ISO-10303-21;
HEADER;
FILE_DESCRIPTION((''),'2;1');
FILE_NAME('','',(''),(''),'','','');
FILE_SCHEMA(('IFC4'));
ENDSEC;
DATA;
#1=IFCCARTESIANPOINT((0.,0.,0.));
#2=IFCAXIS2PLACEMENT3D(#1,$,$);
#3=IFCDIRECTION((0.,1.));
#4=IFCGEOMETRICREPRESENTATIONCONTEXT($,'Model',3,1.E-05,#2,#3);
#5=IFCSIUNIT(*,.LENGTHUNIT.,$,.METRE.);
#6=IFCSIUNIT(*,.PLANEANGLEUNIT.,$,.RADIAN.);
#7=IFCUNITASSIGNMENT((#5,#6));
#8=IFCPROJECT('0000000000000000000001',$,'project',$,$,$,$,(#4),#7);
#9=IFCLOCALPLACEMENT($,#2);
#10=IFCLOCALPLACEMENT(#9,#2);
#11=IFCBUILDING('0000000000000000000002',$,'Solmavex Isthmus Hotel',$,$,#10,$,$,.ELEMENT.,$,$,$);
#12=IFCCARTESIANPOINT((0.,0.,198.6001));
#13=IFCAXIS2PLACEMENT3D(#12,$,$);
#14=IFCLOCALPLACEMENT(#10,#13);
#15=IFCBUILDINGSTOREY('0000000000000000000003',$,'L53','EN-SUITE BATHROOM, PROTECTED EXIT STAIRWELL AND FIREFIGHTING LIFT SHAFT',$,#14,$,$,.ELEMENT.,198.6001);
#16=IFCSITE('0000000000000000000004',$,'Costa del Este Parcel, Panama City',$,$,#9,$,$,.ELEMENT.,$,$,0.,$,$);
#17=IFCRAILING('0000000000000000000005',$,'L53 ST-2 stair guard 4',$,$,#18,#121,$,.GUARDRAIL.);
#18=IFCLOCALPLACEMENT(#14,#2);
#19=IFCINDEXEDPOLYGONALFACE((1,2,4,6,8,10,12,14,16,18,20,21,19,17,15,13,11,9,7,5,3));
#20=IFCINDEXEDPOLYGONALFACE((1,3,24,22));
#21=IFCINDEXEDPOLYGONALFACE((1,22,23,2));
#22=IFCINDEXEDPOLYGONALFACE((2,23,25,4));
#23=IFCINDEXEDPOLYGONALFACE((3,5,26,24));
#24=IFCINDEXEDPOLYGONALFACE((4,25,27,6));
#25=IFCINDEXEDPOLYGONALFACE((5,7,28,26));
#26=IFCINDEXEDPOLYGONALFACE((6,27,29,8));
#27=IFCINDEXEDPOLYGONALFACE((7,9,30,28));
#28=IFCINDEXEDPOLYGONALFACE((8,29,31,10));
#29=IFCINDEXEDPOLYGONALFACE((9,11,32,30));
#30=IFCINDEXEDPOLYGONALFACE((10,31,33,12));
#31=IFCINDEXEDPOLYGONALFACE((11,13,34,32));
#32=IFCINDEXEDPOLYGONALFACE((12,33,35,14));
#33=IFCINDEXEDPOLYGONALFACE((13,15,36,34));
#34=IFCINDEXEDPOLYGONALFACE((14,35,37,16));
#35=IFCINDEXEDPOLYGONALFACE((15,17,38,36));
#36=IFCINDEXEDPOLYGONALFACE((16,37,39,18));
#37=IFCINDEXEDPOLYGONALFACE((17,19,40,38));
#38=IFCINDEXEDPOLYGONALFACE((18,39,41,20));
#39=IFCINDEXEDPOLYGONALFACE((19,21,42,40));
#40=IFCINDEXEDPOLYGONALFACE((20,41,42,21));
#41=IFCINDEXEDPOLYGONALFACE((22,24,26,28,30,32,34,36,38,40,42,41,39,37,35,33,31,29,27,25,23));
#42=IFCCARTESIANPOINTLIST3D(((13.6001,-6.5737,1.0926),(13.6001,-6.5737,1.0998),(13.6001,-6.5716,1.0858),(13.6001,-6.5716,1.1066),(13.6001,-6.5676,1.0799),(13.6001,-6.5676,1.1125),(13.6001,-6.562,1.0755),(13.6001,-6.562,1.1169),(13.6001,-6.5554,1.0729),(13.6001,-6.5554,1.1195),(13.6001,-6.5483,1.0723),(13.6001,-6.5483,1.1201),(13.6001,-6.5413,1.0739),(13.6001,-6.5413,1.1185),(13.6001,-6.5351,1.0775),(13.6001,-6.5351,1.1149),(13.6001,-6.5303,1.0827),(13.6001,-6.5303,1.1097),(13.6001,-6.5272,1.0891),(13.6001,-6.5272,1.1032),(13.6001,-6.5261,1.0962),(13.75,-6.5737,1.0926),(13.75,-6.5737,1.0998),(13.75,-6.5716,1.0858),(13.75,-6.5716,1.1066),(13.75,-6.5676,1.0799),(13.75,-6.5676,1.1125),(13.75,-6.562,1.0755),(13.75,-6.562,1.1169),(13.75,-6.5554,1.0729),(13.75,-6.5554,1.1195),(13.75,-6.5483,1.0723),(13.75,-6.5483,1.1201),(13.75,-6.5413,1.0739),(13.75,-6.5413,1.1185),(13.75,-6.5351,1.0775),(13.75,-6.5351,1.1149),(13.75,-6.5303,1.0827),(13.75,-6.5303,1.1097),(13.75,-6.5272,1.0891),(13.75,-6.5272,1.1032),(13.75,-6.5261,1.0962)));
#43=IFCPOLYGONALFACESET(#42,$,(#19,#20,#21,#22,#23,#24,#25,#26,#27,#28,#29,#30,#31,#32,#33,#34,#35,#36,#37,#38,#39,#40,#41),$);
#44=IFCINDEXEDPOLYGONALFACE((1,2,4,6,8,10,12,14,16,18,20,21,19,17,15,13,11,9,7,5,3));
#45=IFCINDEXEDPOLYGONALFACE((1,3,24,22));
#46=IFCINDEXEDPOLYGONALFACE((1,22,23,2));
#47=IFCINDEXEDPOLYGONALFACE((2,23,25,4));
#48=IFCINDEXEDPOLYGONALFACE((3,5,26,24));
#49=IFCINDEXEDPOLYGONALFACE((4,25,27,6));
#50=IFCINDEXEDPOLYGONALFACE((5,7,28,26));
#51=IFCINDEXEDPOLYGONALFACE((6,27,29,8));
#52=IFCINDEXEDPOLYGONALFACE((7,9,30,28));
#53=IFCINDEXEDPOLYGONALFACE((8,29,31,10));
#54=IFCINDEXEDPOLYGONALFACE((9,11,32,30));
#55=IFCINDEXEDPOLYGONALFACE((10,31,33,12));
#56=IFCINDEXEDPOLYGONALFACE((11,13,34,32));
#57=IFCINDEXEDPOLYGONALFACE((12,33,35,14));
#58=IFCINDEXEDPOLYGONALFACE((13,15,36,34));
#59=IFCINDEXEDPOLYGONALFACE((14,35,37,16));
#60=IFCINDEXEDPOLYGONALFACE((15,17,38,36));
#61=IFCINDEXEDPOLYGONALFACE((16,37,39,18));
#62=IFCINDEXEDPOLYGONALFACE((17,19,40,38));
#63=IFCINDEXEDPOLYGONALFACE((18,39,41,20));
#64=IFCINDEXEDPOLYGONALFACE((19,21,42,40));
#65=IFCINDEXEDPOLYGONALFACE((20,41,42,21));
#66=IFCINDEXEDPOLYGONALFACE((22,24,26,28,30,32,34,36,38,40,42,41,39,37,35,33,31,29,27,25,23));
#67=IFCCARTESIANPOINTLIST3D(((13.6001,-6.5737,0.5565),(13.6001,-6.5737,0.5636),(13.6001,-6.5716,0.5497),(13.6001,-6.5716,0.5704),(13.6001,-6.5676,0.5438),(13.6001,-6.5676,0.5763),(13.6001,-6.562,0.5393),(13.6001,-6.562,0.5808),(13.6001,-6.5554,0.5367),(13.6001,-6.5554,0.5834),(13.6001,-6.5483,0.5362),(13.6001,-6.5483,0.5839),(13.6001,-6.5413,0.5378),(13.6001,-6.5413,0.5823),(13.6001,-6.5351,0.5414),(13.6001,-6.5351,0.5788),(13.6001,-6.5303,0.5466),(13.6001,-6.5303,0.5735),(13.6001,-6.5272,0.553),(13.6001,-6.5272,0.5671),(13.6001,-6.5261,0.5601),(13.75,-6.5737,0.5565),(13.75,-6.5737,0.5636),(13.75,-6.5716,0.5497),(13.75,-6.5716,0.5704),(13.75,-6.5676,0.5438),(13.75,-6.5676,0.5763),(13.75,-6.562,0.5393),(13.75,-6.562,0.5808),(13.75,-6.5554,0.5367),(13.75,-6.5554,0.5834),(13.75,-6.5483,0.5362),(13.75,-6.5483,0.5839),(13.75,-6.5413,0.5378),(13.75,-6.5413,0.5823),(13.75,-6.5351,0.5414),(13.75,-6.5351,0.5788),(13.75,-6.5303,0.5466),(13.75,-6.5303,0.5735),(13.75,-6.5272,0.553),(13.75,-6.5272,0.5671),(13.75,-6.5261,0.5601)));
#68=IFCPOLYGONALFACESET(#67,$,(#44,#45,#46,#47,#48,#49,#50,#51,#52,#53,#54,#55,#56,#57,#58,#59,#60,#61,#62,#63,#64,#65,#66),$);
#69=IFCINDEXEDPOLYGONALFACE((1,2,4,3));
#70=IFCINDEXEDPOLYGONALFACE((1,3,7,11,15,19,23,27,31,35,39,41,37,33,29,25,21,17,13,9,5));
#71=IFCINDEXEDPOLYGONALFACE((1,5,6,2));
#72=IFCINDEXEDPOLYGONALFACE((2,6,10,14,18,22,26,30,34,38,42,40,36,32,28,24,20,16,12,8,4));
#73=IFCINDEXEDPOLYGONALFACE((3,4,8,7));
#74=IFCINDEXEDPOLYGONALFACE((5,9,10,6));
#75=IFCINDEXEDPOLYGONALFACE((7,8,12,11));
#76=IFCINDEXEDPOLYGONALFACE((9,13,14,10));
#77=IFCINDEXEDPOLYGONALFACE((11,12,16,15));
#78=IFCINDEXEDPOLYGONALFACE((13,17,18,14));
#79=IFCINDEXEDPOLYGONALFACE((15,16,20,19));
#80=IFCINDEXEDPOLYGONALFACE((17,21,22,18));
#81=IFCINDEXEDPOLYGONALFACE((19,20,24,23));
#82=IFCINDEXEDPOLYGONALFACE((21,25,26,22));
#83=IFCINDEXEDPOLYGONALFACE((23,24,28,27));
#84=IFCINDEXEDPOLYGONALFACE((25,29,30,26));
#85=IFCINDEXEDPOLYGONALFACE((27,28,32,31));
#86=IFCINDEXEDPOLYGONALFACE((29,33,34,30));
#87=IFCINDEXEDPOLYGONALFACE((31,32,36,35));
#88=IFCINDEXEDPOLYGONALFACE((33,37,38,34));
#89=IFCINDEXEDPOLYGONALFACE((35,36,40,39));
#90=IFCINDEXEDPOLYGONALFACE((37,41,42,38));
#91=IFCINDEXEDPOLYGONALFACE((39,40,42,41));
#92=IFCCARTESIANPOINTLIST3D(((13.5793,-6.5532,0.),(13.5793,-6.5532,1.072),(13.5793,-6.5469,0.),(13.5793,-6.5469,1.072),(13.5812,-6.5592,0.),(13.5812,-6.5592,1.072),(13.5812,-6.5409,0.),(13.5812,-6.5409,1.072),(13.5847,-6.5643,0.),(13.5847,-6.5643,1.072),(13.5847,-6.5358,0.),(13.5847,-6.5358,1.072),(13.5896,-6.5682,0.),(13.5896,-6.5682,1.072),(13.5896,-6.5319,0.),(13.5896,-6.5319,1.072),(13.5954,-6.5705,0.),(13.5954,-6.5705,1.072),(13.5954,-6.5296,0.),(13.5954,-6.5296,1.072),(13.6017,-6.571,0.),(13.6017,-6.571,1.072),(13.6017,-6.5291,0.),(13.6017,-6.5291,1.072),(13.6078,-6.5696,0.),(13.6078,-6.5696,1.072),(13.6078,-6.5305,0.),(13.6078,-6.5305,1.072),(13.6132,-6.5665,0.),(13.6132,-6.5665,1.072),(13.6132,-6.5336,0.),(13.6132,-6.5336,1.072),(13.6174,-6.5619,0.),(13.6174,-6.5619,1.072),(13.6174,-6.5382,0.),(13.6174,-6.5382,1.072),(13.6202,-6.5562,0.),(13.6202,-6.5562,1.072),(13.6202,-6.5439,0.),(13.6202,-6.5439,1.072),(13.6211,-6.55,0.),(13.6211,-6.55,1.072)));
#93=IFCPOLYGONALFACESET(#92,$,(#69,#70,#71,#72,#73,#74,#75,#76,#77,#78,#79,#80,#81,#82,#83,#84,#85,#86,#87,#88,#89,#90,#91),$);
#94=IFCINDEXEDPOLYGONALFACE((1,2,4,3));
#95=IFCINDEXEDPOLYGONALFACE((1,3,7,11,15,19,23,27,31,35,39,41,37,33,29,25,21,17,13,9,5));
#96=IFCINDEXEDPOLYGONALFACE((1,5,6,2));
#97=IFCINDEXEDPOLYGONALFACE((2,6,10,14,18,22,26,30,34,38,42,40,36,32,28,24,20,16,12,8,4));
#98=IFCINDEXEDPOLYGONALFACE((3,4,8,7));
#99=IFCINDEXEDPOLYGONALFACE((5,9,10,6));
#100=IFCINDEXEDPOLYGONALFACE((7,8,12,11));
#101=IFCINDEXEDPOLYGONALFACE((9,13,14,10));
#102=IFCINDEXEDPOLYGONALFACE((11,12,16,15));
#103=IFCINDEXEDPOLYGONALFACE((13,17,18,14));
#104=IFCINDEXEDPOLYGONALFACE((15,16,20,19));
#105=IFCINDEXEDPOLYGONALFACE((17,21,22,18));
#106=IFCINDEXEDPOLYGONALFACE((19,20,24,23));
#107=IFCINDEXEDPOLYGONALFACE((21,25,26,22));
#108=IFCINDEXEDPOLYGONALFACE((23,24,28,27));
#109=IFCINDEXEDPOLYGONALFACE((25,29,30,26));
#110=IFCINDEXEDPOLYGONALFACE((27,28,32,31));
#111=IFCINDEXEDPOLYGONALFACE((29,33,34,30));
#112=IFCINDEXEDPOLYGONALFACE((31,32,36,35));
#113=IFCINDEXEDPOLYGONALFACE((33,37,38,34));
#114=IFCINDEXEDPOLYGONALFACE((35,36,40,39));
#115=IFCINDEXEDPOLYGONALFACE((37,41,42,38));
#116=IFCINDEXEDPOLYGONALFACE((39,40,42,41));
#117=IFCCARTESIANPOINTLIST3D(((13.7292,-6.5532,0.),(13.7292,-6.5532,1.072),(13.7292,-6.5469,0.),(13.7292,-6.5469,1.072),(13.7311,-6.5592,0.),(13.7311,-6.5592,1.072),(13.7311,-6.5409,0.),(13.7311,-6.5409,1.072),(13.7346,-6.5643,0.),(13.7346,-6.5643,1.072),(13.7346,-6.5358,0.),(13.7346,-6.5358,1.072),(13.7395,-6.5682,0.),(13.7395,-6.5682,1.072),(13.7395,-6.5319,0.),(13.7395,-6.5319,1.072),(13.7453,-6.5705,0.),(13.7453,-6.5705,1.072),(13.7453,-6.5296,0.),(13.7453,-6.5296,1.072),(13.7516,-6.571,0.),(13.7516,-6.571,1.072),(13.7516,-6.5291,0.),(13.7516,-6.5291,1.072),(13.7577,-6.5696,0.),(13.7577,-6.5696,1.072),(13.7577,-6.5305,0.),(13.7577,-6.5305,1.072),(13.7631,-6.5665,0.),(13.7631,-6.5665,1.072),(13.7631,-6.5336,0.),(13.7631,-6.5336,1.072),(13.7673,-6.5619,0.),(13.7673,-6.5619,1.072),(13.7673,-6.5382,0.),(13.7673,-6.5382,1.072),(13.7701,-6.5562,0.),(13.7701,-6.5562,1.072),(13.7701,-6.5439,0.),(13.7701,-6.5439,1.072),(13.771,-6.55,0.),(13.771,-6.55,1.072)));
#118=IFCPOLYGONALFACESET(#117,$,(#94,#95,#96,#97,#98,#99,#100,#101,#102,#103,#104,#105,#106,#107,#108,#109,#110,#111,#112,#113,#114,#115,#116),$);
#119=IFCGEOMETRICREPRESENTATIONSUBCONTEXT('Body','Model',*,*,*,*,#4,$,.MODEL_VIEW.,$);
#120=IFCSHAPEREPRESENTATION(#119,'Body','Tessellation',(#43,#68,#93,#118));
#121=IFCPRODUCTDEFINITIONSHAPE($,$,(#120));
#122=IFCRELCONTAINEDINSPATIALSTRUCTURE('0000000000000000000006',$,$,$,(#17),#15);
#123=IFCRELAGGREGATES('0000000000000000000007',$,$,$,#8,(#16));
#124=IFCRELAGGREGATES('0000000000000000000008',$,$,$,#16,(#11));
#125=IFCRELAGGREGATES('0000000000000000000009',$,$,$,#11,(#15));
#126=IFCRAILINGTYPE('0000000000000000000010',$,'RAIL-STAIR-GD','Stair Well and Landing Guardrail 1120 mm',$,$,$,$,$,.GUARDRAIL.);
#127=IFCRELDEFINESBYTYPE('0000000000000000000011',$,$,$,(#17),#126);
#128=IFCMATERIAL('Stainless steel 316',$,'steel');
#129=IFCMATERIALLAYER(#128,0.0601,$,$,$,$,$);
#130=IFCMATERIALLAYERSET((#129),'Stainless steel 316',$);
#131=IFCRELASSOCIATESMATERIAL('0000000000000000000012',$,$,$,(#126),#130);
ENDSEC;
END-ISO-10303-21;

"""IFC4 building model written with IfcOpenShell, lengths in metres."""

from ifc_helpers import new_model, si_unit, direction, frame, origin, origin_2d, place, context, subcontext, project, spatial, circle, extrude, material, layer, layer_set, type_object, element, save


model = new_model("IFC4")

# Units and contexts
model_context = context("Model", 3, precision=1e-05, world=origin(), true_north=direction((0.0, 1.0)))
body_context = subcontext(model_context, "Body", "Model", "MODEL_VIEW")
ifc_project = project(units=[si_unit("LENGTHUNIT", "METRE"), si_unit("PLANEANGLEUNIT", "RADIAN")], contexts=[model_context])

# Site, building, storey
site_placement = place(None, origin())
site = spatial("IfcSite", under=ifc_project, at=site_placement, Name="Costa del Este Parcel, Panama City", CompositionType="ELEMENT", RefElevation=0.0)
building_placement = place(site_placement, origin())
building = spatial("IfcBuilding", under=site, at=building_placement, Name="Solmavex Isthmus Hotel", CompositionType="ELEMENT")
storey_placement = place(building_placement, frame((0.0, 0.0, 198.6001)))
storey = spatial("IfcBuildingStorey", under=building, at=storey_placement, Name="L53", Description="EN-SUITE BATHROOM, PROTECTED EXIT STAIRWELL AND FIREFIGHTING LIFT SHAFT", CompositionType="ELEMENT", Elevation=198.6001)

# Railing
ifc_material_1 = material(Name="Stainless steel 316", Category="steel")
ifc_layer_1 = layer(ifc_material_1, 0.0601)
ifc_layer_set_1 = layer_set([ifc_layer_1], Name="Stainless steel 316")
railing_type_1 = type_object("IfcRailingType", Name="RAIL-STAIR-GD", Description="Stair Well and Landing Guardrail 1120 mm", PredefinedType="GUARDRAIL", material=ifc_layer_set_1)
railing_1_placement = place(storey_placement, frame((13.6001, -6.55, 0.0)))
element("IfcRailing", 1, at=railing_1_placement, inside=storey, type_object=railing_type_1, Name="L53 ST-2 stair guard 4", PredefinedType="GUARDRAIL", context=body_context, shape_type="SweptSolid", body=[
    extrude(circle(Radius=0.0239, at=origin_2d()), frame((0.0, 0.0, 1.0962), z_axis=(1.0, 0.0, 0.0), x_axis=(0.0, 1.0, 0.0)), (0.0, 0.0, 1.0), 0.1499),
    extrude(circle(Radius=0.0239, at=origin_2d()), frame((0.0, 0.0, 0.5601), z_axis=(1.0, 0.0, 0.0), x_axis=(0.0, 1.0, 0.0)), (0.0, 0.0, 1.0), 0.1499),
    extrude(circle(Radius=0.021, at=origin_2d()), origin(), (0.0, 0.0, 1.0), 1.072),
    extrude(circle(Radius=0.021, at=origin_2d()), frame((0.1499, 0.0, 0.0)), (0.0, 0.0, 1.0), 1.072),
])

save(model, "model.ifc")
